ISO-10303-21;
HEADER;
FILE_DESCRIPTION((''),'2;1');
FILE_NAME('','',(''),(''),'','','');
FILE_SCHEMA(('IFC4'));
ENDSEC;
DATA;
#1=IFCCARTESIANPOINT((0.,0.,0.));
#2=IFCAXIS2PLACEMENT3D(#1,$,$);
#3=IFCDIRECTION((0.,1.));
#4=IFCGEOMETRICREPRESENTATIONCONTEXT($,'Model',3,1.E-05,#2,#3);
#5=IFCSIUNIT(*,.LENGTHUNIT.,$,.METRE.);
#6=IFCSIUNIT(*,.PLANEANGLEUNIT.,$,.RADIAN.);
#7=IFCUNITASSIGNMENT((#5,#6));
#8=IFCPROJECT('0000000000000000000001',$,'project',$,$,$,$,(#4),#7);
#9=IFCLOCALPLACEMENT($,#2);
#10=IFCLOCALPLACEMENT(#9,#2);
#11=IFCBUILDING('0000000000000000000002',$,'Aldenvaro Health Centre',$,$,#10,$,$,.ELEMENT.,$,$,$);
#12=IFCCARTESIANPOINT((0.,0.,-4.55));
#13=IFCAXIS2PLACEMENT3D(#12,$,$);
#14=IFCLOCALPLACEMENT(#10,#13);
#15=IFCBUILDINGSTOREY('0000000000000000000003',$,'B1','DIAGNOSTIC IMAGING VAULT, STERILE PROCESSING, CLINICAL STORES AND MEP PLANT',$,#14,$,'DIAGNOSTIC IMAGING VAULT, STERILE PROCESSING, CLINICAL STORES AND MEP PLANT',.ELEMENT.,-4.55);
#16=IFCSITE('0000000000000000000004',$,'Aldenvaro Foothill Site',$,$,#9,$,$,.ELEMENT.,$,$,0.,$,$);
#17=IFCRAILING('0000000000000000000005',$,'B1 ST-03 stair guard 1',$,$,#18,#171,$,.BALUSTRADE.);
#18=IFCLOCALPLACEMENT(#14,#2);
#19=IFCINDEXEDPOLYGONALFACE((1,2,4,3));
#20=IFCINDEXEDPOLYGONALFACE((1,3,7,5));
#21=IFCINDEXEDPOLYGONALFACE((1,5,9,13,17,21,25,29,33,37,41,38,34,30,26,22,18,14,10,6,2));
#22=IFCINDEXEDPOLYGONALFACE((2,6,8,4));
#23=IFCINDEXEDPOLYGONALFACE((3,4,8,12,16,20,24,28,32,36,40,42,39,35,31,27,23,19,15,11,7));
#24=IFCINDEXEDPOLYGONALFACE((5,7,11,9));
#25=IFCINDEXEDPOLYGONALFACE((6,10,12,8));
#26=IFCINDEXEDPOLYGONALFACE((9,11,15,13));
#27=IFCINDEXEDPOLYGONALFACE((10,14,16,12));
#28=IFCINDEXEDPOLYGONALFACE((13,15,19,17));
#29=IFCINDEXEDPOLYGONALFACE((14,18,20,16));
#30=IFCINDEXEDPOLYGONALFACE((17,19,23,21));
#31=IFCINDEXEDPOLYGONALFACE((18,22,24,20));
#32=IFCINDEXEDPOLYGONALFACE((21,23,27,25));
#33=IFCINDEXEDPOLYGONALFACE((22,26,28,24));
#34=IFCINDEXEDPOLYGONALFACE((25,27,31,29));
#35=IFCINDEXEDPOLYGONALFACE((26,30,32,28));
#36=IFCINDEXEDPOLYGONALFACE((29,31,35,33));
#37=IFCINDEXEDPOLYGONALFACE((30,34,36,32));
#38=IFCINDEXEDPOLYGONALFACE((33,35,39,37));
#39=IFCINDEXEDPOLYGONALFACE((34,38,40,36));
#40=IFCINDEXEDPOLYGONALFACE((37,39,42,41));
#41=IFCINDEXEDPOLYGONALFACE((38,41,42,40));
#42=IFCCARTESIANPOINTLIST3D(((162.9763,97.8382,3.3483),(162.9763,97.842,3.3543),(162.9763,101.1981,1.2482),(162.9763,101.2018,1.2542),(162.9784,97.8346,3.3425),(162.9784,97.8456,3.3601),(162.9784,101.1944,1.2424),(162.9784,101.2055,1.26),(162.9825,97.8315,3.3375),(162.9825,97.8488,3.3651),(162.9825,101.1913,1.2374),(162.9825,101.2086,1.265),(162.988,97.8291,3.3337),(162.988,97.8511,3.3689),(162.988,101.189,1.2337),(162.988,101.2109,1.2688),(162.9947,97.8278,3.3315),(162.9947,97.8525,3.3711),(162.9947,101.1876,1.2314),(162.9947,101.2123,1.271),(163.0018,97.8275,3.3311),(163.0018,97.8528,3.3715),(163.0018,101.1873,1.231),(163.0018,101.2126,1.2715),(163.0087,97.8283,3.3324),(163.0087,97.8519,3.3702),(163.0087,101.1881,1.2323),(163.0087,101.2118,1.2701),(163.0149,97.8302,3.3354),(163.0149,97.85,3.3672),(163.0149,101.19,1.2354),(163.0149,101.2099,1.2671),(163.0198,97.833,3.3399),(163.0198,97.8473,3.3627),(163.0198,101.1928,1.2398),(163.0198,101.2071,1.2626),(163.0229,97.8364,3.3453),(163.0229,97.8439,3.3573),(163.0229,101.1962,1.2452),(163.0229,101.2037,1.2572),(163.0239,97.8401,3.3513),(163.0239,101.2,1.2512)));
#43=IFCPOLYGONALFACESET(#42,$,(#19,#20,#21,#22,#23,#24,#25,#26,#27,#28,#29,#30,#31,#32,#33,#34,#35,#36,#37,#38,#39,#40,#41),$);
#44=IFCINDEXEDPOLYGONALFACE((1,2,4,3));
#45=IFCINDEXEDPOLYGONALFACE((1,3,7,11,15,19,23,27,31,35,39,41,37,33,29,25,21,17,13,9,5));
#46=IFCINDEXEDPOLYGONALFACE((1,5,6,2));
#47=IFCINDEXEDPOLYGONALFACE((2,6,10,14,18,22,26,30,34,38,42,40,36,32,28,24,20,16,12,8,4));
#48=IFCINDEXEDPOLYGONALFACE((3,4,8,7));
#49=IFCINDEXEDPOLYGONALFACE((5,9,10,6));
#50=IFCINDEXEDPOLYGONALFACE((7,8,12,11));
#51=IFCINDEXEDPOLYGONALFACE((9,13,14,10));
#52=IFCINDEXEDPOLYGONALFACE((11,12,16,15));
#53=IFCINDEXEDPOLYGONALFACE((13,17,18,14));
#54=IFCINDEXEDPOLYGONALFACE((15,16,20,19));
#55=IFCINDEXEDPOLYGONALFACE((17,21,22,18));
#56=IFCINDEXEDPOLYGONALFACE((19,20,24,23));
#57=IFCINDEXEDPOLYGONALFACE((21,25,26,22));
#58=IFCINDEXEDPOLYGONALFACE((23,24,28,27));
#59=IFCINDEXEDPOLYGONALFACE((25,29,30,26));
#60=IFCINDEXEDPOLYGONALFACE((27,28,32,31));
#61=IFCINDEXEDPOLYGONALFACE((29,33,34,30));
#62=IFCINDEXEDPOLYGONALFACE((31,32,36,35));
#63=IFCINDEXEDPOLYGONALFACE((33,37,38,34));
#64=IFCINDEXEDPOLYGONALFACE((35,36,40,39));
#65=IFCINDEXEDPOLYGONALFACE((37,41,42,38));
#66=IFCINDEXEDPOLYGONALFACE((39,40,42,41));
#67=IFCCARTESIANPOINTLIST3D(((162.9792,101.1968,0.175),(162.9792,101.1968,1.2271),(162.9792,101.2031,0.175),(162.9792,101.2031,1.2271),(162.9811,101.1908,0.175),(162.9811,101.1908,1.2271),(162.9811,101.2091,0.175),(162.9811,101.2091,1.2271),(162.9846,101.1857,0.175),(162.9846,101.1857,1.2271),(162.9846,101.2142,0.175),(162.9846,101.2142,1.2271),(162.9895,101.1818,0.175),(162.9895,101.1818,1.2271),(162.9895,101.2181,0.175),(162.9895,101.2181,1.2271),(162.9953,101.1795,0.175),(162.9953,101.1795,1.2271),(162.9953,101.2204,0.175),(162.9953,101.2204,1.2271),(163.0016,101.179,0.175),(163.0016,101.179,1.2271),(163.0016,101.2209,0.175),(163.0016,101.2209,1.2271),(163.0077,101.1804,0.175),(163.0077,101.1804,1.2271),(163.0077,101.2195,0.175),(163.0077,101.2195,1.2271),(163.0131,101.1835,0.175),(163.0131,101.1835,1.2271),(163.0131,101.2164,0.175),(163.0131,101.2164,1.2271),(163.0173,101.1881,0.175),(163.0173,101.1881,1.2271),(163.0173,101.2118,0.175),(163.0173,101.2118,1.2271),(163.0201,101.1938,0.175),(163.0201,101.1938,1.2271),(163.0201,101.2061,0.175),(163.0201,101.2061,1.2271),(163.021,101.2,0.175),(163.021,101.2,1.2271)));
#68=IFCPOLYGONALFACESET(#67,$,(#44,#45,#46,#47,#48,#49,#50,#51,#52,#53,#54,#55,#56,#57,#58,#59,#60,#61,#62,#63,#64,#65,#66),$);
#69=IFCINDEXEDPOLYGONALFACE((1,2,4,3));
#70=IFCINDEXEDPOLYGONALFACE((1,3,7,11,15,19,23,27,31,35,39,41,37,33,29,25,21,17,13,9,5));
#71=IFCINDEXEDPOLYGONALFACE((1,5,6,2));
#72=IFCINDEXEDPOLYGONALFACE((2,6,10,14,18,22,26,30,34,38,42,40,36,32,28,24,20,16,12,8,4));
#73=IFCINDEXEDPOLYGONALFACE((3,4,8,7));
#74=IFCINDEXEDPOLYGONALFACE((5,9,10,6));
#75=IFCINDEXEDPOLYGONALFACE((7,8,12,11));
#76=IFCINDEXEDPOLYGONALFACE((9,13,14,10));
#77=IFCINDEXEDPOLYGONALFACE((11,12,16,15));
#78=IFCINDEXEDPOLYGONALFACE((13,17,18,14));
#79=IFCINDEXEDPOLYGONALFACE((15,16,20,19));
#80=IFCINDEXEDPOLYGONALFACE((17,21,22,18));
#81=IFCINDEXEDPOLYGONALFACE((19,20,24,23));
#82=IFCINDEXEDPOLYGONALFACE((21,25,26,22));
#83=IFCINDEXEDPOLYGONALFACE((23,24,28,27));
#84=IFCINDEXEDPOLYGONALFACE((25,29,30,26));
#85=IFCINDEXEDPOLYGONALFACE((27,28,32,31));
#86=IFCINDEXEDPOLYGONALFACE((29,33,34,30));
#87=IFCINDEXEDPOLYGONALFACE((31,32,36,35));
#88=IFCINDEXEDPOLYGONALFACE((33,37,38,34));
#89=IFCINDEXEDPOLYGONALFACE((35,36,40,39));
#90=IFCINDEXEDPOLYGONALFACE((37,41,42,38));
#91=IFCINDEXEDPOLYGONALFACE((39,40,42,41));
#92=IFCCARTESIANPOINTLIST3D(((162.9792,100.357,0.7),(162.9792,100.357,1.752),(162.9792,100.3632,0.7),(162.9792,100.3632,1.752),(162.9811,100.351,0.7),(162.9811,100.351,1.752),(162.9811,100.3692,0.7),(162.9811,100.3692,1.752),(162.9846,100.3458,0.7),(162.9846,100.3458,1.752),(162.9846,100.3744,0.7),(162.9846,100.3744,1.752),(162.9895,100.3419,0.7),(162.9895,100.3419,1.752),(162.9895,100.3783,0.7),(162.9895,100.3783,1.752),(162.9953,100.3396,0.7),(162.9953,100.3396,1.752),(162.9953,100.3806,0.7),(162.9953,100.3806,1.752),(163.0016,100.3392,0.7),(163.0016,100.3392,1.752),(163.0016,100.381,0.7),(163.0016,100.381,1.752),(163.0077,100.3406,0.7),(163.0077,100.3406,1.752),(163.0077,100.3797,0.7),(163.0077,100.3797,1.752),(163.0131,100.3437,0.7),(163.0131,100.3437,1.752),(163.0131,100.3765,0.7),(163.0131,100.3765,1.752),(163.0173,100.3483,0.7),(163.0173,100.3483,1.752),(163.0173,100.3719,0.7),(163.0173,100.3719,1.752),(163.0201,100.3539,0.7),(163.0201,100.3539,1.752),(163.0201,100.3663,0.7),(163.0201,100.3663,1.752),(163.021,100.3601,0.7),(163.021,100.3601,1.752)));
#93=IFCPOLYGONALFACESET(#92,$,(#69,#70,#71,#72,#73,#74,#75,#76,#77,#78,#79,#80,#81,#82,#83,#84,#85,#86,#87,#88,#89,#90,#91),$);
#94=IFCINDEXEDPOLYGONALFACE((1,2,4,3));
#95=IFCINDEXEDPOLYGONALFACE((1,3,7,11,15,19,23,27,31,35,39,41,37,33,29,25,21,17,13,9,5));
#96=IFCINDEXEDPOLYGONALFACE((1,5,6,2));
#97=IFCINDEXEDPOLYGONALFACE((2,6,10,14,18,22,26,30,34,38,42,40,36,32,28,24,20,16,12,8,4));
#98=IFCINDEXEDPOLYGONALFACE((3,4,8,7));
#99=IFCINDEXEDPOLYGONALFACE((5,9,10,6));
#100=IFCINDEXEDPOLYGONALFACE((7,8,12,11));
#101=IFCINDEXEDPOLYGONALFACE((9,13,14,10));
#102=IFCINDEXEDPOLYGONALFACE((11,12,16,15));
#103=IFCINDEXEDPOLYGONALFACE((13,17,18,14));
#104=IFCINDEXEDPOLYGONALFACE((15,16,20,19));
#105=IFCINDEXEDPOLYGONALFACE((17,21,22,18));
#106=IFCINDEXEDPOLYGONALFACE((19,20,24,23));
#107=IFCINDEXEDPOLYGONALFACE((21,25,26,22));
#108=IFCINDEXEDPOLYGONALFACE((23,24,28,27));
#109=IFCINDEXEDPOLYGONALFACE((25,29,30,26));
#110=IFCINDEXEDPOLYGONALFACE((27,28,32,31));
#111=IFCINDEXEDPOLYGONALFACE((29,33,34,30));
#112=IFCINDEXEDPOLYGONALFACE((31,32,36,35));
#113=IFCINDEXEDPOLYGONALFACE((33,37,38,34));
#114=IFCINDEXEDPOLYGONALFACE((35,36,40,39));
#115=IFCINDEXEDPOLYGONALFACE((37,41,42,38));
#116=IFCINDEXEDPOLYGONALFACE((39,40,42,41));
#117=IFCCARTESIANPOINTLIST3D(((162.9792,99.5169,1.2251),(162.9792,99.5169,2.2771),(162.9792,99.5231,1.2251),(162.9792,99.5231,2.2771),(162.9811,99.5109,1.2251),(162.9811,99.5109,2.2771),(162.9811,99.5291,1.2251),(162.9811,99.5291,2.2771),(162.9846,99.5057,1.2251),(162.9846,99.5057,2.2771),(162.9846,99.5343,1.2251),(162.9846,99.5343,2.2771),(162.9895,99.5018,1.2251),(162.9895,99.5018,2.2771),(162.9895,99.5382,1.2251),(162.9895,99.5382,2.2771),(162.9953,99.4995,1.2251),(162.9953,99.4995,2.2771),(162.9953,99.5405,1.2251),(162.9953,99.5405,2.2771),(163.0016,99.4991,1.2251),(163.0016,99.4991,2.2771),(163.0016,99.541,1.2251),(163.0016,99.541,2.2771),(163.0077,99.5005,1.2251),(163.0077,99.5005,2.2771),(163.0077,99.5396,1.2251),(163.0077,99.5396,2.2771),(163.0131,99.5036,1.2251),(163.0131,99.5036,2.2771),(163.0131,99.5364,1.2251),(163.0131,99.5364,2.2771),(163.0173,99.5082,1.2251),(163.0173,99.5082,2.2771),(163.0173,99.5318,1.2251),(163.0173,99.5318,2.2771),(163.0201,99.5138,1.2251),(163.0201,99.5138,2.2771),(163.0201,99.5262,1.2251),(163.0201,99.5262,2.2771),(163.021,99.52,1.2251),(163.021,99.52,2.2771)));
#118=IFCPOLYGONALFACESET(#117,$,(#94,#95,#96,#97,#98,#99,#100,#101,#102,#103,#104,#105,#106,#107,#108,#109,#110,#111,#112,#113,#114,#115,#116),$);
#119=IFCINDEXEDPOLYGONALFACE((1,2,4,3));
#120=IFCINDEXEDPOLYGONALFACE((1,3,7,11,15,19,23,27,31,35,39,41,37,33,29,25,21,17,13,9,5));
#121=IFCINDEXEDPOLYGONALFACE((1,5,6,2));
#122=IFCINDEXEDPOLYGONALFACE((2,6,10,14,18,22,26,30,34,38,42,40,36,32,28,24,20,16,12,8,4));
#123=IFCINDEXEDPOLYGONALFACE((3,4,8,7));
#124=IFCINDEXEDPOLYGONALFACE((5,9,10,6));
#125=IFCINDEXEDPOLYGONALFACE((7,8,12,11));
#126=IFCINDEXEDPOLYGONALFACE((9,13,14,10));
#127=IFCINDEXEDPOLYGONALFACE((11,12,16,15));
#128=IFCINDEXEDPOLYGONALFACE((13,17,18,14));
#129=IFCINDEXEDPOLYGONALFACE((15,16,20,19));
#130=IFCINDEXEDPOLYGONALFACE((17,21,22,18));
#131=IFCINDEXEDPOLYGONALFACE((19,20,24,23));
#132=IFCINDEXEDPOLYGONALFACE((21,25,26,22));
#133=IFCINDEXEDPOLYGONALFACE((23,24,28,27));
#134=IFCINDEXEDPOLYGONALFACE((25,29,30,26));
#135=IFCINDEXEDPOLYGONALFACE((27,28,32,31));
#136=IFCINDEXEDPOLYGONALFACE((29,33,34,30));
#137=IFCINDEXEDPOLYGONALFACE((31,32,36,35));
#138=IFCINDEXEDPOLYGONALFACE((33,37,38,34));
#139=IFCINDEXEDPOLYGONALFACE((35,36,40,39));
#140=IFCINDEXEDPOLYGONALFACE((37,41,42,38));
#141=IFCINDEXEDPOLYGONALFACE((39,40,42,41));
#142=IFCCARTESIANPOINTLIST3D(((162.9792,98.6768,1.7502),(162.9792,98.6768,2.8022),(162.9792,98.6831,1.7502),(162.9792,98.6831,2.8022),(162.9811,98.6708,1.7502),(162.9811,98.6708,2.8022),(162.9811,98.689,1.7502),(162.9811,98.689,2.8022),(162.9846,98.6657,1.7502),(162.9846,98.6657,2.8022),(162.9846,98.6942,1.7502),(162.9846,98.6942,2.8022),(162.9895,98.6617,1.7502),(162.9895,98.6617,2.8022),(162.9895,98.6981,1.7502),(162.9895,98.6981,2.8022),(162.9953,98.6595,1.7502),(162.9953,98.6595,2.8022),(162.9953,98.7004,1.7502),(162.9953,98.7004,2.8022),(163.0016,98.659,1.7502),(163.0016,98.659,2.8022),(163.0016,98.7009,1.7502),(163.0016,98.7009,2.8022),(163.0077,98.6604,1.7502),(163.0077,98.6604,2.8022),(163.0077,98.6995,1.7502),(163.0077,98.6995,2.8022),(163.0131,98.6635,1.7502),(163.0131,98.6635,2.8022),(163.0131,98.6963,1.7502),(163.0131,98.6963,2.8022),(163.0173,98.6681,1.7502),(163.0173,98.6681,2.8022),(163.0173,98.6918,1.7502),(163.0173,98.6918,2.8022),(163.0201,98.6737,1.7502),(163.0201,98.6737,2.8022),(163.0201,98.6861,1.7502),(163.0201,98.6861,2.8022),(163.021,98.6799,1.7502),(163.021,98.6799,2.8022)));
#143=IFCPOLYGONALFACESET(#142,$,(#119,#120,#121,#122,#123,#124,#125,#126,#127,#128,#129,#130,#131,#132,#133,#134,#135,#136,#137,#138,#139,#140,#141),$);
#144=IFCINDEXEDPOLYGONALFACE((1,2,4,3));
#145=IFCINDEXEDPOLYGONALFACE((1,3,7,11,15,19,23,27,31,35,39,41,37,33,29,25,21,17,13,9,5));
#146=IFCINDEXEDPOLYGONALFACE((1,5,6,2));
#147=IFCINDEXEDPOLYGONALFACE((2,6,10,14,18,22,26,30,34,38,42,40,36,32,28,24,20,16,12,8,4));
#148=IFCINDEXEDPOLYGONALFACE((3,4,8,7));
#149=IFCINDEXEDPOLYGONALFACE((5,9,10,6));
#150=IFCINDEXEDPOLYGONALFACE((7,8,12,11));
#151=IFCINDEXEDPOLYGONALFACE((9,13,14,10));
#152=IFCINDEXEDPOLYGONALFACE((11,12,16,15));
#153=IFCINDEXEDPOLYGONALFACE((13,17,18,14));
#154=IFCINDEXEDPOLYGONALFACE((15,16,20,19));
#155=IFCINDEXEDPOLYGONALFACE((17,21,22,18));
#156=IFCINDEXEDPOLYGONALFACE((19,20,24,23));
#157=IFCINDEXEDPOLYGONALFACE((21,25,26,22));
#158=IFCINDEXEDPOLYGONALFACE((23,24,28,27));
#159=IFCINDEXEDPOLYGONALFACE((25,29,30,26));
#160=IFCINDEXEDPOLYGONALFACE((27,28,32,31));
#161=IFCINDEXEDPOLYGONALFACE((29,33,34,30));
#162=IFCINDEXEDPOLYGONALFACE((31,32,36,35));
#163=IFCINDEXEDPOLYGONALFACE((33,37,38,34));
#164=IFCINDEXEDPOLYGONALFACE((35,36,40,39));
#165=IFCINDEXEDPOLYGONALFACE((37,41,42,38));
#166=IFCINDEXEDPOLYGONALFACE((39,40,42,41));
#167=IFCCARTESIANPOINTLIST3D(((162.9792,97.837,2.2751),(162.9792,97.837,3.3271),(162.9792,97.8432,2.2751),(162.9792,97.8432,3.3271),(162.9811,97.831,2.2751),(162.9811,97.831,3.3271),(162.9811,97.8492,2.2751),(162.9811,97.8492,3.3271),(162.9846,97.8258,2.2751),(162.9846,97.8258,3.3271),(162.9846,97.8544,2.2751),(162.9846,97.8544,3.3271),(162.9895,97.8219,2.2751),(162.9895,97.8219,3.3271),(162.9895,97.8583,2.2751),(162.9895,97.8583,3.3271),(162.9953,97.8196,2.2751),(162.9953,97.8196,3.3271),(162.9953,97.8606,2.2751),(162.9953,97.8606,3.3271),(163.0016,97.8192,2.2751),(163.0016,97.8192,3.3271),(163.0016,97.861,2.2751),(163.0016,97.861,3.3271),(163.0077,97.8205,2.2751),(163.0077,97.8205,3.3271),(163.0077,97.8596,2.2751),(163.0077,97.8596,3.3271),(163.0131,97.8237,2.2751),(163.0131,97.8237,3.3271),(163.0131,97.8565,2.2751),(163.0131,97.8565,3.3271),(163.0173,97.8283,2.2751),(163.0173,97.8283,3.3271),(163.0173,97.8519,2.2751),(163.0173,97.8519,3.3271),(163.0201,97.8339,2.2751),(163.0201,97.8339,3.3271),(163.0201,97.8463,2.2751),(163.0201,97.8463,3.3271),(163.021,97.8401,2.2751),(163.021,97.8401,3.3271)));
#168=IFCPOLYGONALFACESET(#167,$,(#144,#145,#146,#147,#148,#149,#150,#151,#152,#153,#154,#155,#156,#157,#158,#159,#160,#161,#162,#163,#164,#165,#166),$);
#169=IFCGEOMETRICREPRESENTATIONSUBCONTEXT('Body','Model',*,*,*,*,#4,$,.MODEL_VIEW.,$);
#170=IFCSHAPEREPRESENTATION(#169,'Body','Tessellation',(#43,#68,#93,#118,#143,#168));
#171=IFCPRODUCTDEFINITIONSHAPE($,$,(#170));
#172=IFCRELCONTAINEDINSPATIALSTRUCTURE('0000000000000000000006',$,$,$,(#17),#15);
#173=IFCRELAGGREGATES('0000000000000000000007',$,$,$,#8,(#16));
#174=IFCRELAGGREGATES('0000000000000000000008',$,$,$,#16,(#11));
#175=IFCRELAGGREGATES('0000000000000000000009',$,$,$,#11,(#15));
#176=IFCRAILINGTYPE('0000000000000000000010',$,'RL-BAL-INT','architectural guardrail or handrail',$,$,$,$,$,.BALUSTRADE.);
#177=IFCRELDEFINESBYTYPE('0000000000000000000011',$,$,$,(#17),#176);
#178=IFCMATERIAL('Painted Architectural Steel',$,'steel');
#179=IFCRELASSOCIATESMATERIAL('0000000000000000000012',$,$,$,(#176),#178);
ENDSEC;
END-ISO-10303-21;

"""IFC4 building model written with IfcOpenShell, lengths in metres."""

from ifc_helpers import new_model, si_unit, direction, frame, origin, origin_2d, place, context, subcontext, project, spatial, circle, extrude, material, type_object, element, save


model = new_model("IFC4")

# Units and contexts
model_context = context("Model", 3, precision=1e-05, world=origin(), true_north=direction((0.0, 1.0)))
body_context = subcontext(model_context, "Body", "Model", "MODEL_VIEW")
ifc_project = project(units=[si_unit("LENGTHUNIT", "METRE"), si_unit("PLANEANGLEUNIT", "RADIAN")], contexts=[model_context])

# Site, building, storey
site_placement = place(None, origin())
site = spatial("IfcSite", under=ifc_project, at=site_placement, Name="Aldenvaro Foothill Site", CompositionType="ELEMENT", RefElevation=0.0)
building_placement = place(site_placement, origin())
building = spatial("IfcBuilding", under=site, at=building_placement, Name="Aldenvaro Health Centre", CompositionType="ELEMENT")
storey_placement = place(building_placement, frame((0.0, 0.0, -4.55)))
storey = spatial("IfcBuildingStorey", under=building, at=storey_placement, Name="B1", Description="DIAGNOSTIC IMAGING VAULT, STERILE PROCESSING, CLINICAL STORES AND MEP PLANT", LongName="DIAGNOSTIC IMAGING VAULT, STERILE PROCESSING, CLINICAL STORES AND MEP PLANT", CompositionType="ELEMENT", Elevation=-4.55)

# Railing
ifc_material_1 = material(Name="Painted Architectural Steel", Category="steel")
railing_type_1 = type_object("IfcRailingType", Name="RL-BAL-INT", Description="architectural guardrail or handrail", PredefinedType="BALUSTRADE", material=ifc_material_1)
railing_1_placement = place(storey_placement, frame((163.0, 101.2, 0.175)))
element("IfcRailing", 1, at=railing_1_placement, inside=storey, type_object=railing_type_1, Name="B1 ST-03 stair guard 1", PredefinedType="BALUSTRADE", context=body_context, shape_type="SweptSolid", body=[
    extrude(circle(Radius=0.0239, at=origin_2d()), frame((0.0, 0.0, 1.0762), z_axis=(0.0, -0.847978, 0.530032), x_axis=(1.0, 0.0, 0.0)), (0.0, 0.0, 1.0), 3.9622),
    extrude(circle(Radius=0.021, at=origin_2d()), origin(), (0.0, 0.0, 1.0), 1.052),
    extrude(circle(Radius=0.021, at=origin_2d()), frame((0.0, -0.8398, 0.5249)), (0.0, 0.0, 1.0), 1.052),
    extrude(circle(Radius=0.021, at=origin_2d()), frame((0.0, -1.6799, 1.05)), (0.0, 0.0, 1.0), 1.052),
    extrude(circle(Radius=0.021, at=origin_2d()), frame((0.0, -2.52, 1.5752)), (0.0, 0.0, 1.0), 1.052),
    extrude(circle(Radius=0.021, at=origin_2d()), frame((0.0, -3.3599, 2.1001)), (0.0, 0.0, 1.0), 1.052),
])

save(model, "model.ifc")
